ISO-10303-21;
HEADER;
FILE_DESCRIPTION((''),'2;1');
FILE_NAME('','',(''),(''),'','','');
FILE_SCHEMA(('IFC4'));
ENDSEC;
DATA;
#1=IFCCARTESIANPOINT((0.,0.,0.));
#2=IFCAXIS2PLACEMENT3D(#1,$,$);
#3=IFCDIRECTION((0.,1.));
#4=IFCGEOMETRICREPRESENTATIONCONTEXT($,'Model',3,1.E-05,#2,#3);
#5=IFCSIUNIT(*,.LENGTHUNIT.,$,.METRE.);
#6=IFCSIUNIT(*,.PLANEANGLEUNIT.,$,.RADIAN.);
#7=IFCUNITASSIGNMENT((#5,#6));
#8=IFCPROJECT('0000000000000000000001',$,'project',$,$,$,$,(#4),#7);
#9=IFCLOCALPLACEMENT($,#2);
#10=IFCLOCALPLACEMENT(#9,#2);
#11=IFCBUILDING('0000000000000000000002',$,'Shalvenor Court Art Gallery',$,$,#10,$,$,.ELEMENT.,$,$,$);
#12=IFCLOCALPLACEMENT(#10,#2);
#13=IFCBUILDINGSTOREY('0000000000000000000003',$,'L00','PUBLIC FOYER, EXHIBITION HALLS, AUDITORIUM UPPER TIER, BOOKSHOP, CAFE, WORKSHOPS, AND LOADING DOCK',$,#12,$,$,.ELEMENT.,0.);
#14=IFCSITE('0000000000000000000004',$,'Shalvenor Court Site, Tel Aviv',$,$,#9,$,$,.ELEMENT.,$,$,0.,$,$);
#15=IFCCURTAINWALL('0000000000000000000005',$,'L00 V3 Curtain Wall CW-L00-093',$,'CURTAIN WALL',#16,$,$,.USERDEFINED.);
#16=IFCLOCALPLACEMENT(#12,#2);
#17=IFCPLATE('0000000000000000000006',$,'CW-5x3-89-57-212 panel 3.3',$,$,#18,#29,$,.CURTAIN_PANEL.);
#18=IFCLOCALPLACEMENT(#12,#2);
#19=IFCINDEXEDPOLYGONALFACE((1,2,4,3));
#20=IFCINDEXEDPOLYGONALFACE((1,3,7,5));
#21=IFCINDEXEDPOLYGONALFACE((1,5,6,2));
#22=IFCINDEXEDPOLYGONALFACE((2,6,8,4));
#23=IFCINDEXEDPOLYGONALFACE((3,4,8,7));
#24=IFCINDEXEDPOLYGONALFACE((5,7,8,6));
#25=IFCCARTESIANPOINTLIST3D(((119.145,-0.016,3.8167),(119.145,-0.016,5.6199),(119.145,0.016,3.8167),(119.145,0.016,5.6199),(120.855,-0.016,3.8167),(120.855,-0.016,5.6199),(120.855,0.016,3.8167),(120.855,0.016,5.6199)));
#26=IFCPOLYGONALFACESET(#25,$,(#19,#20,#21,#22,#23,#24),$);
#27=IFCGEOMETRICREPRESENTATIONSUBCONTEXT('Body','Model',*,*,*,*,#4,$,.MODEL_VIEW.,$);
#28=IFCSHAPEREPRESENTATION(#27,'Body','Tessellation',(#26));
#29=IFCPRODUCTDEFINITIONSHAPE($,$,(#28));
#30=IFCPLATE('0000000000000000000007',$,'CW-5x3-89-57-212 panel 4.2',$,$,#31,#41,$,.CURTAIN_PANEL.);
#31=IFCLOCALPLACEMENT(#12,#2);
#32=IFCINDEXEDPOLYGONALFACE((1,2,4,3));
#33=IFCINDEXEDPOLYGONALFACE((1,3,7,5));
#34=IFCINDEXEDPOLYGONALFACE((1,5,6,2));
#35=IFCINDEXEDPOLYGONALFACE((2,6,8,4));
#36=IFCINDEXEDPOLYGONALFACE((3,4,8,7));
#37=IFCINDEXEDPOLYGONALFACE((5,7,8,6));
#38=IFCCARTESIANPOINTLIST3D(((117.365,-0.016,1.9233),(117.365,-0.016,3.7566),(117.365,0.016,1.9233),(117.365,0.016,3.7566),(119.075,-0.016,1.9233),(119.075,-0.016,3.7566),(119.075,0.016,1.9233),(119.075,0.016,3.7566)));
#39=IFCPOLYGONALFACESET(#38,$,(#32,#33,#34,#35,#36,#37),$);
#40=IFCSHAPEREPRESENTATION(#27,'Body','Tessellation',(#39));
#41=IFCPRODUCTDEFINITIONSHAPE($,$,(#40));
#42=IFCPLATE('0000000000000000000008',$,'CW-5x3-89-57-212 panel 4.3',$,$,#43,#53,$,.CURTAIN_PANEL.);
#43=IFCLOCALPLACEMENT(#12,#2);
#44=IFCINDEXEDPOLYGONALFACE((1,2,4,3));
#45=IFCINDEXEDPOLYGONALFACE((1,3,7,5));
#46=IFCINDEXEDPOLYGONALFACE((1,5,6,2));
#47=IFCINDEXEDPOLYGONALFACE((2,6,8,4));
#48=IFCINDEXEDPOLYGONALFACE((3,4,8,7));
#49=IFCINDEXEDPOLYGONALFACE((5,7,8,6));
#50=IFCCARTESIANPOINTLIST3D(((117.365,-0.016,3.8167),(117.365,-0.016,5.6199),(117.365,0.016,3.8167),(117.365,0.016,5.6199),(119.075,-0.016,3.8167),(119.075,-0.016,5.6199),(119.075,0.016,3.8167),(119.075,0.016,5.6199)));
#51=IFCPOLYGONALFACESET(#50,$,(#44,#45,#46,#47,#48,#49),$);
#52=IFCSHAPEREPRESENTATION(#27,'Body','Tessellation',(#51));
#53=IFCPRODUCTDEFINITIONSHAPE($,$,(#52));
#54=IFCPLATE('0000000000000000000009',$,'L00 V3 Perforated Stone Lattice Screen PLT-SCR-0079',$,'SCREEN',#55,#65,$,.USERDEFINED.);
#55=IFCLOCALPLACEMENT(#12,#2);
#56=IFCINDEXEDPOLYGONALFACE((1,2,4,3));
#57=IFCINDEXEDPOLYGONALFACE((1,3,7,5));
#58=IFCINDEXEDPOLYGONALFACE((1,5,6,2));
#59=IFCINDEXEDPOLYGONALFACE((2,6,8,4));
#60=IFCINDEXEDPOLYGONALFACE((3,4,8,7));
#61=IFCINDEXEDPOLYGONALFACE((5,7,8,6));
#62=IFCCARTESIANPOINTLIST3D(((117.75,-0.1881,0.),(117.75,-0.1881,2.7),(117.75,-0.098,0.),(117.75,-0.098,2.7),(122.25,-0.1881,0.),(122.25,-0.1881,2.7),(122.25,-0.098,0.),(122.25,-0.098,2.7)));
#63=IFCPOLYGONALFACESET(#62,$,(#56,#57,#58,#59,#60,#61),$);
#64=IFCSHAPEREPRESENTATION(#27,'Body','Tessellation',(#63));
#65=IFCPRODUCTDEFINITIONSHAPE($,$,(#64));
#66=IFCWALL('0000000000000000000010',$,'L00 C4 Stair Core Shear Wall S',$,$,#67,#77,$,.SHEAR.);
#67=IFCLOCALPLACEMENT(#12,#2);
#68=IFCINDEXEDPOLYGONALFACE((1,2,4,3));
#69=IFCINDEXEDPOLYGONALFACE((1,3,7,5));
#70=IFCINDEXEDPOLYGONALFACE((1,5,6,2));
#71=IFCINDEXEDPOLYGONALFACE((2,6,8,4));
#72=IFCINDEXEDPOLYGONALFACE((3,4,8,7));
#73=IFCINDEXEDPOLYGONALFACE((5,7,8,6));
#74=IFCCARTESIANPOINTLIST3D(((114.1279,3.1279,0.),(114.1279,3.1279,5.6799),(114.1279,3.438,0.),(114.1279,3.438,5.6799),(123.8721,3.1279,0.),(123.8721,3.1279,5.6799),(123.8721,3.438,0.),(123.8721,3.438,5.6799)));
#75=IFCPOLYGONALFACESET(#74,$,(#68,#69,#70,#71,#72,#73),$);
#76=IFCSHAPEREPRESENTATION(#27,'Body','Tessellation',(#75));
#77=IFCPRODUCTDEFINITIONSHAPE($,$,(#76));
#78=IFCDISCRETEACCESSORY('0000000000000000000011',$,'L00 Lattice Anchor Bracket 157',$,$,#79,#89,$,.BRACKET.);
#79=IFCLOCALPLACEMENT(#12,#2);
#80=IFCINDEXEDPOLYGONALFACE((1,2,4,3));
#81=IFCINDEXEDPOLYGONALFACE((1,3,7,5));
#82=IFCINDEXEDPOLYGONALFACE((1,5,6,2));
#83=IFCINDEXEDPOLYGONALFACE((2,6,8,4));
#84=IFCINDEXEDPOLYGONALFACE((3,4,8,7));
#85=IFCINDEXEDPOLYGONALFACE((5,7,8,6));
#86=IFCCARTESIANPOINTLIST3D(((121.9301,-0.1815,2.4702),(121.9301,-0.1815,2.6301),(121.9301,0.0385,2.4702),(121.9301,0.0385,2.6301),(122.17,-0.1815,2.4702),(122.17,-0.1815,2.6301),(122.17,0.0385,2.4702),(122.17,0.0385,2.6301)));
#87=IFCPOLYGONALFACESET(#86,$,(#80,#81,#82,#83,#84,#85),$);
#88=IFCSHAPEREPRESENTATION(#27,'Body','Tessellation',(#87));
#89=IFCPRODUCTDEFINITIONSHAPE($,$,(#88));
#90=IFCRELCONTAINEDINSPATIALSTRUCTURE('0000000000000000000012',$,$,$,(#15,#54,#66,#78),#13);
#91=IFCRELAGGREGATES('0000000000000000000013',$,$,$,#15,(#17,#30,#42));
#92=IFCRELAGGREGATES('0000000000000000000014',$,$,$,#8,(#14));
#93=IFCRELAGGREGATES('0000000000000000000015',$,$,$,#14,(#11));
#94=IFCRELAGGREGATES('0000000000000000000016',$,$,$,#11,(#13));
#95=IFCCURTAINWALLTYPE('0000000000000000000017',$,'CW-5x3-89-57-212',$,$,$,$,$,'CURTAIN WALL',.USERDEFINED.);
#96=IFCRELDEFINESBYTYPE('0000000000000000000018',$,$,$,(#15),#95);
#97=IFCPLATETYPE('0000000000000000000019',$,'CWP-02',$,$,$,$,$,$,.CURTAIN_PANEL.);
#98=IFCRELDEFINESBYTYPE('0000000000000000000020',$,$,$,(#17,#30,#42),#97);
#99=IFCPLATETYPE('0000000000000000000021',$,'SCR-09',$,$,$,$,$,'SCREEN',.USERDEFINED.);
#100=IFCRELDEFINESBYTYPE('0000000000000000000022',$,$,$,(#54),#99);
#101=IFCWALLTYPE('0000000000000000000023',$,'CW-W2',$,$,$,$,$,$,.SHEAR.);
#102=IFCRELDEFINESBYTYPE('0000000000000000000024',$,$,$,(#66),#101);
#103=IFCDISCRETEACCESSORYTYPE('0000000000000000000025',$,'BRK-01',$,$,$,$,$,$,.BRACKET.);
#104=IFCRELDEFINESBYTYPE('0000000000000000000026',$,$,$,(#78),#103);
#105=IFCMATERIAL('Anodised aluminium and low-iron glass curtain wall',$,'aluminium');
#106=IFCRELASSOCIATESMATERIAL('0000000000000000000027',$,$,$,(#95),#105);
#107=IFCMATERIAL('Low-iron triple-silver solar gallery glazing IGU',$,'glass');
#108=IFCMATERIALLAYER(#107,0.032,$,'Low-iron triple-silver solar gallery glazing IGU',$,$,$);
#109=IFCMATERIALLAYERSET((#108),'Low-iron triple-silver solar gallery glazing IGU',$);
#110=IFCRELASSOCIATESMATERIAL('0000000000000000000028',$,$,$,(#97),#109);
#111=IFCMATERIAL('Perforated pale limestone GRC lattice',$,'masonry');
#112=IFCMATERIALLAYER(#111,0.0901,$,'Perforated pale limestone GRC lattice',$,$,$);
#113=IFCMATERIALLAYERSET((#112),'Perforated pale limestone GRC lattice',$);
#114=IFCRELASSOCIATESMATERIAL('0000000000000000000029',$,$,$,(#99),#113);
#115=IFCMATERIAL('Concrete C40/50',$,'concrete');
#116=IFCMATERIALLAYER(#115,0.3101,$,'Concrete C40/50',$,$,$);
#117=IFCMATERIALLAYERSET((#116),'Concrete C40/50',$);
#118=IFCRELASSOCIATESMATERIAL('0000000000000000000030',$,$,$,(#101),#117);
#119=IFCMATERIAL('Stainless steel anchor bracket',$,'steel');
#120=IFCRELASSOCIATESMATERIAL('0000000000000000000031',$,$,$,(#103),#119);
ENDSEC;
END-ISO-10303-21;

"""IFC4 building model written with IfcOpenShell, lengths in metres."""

from ifc_helpers import new_model, si_unit, direction, frame, frame_2d, origin, origin_2d, place, context, subcontext, project, spatial, rectangle, extrude, material, layer, layer_set, type_object, element, aggregate, save


model = new_model("IFC4")

# Units and contexts
model_context = context("Model", 3, precision=1e-05, world=origin(), true_north=direction((0.0, 1.0)))
body_context = subcontext(model_context, "Body", "Model", "MODEL_VIEW")
ifc_project = project(units=[si_unit("LENGTHUNIT", "METRE"), si_unit("PLANEANGLEUNIT", "RADIAN")], contexts=[model_context])

# Site, building, storey
site_placement = place(None, origin())
site = spatial("IfcSite", under=ifc_project, at=site_placement, Name="Shalvenor Court Site, Tel Aviv", CompositionType="ELEMENT", RefElevation=0.0)
building_placement = place(site_placement, origin())
building = spatial("IfcBuilding", under=site, at=building_placement, Name="Shalvenor Court Art Gallery", CompositionType="ELEMENT")
storey_placement = place(building_placement, origin())
storey = spatial("IfcBuildingStorey", under=building, at=storey_placement, Name="L00", Description="PUBLIC FOYER, EXHIBITION HALLS, AUDITORIUM UPPER TIER, BOOKSHOP, CAFE, WORKSHOPS, AND LOADING DOCK", CompositionType="ELEMENT", Elevation=0.0)

# Curtain wall
ifc_material_1 = material(Name="Anodised aluminium and low-iron glass curtain wall", Category="aluminium")
curtain_wall_type_1 = type_object("IfcCurtainWallType", Name="CW-5x3-89-57-212", ElementType="CURTAIN WALL", PredefinedType="USERDEFINED", material=ifc_material_1)
curtain_wall_1_placement = place(storey_placement, origin())
curtain_wall_1 = element("IfcCurtainWall", 1, at=curtain_wall_1_placement, inside=storey, type_object=curtain_wall_type_1, Name="L00 V3 Curtain Wall CW-L00-093", ObjectType="CURTAIN WALL", PredefinedType="USERDEFINED")

# Plates
ifc_material_2 = material(Name="Low-iron triple-silver solar gallery glazing IGU", Category="glass")
ifc_layer_1 = layer(ifc_material_2, 0.032, Name="Low-iron triple-silver solar gallery glazing IGU")
ifc_layer_set_1 = layer_set([ifc_layer_1], Name="Low-iron triple-silver solar gallery glazing IGU")
plate_type_1 = type_object("IfcPlateType", Name="CWP-02", PredefinedType="CURTAIN_PANEL", material=ifc_layer_set_1)
plate_1_placement = place(storey_placement, frame((120.0, 0.0, 3.8167), z_axis=(0.0, 0.0, 1.0), x_axis=(-1.0, 0.0, 0.0)))
plate_1 = element("IfcPlate", 2, at=plate_1_placement, type_object=plate_type_1, Name="CW-5x3-89-57-212 panel 3.3", PredefinedType="CURTAIN_PANEL", context=body_context, shape_type="SweptSolid", body=[
    extrude(rectangle(XDim=1.71, YDim=0.032, at=origin_2d()), origin(), (0.0, 0.0, 1.0), 1.8032),
])
plate_2_placement = place(storey_placement, frame((118.22, 0.0, 1.9233), z_axis=(0.0, 0.0, 1.0), x_axis=(-1.0, 0.0, 0.0)))
plate_2 = element("IfcPlate", 3, at=plate_2_placement, type_object=plate_type_1, Name="CW-5x3-89-57-212 panel 4.2", PredefinedType="CURTAIN_PANEL", context=body_context, shape_type="SweptSolid", body=[
    extrude(rectangle(XDim=1.71, YDim=0.032, at=origin_2d()), origin(), (0.0, 0.0, 1.0), 1.8333),
])
plate_3_placement = place(storey_placement, frame((118.22, 0.0, 3.8167), z_axis=(0.0, 0.0, 1.0), x_axis=(-1.0, 0.0, 0.0)))
plate_3 = element("IfcPlate", 4, at=plate_3_placement, type_object=plate_type_1, Name="CW-5x3-89-57-212 panel 4.3", PredefinedType="CURTAIN_PANEL", context=body_context, shape_type="SweptSolid", body=[
    extrude(rectangle(XDim=1.71, YDim=0.032, at=origin_2d()), origin(), (0.0, 0.0, 1.0), 1.8032),
])
aggregate(curtain_wall_1, [plate_1, plate_2, plate_3])
ifc_material_3 = material(Name="Perforated pale limestone GRC lattice", Category="masonry")
ifc_layer_2 = layer(ifc_material_3, 0.0901, Name="Perforated pale limestone GRC lattice")
ifc_layer_set_2 = layer_set([ifc_layer_2], Name="Perforated pale limestone GRC lattice")
plate_type_2 = type_object("IfcPlateType", Name="SCR-09", ElementType="SCREEN", PredefinedType="USERDEFINED", material=ifc_layer_set_2)
plate_4_placement = place(storey_placement, frame((120.0, -0.1431, 0.0), z_axis=(0.0, 0.0, 1.0), x_axis=(-1.0, 0.0, 0.0)))
element("IfcPlate", 5, at=plate_4_placement, inside=storey, type_object=plate_type_2, Name="L00 V3 Perforated Stone Lattice Screen PLT-SCR-0079", ObjectType="SCREEN", PredefinedType="USERDEFINED", context=body_context, shape_type="SweptSolid", body=[
    extrude(rectangle(XDim=4.5, YDim=0.0901, at=origin_2d()), origin(), (0.0, 0.0, 1.0), 2.7),
])

# Wall
ifc_material_4 = material(Name="Concrete C40/50", Category="concrete")
ifc_layer_3 = layer(ifc_material_4, 0.3101, Name="Concrete C40/50")
ifc_layer_set_3 = layer_set([ifc_layer_3], Name="Concrete C40/50")
wall_type = type_object("IfcWallType", Name="CW-W2", PredefinedType="SHEAR", material=ifc_layer_set_3)
wall_placement = place(storey_placement, frame((123.8721, 3.283, 0.0), z_axis=(0.0, 0.0, 1.0), x_axis=(-1.0, 0.0, 0.0)))
element("IfcWall", 6, at=wall_placement, inside=storey, type_object=wall_type, Name="L00 C4 Stair Core Shear Wall S", PredefinedType="SHEAR", context=body_context, shape_type="SweptSolid", body=[
    extrude(rectangle(XDim=9.7441, YDim=0.3101, at=frame_2d((4.8721, 0.0))), origin(), (0.0, 0.0, 1.0), 5.6799),
])

# Discrete accessory
ifc_material_5 = material(Name="Stainless steel anchor bracket", Category="steel")
discrete_accessory_type = type_object("IfcDiscreteAccessoryType", Name="BRK-01", PredefinedType="BRACKET", material=ifc_material_5)
discrete_accessory_placement = place(storey_placement, frame((122.05, -0.0715, 2.4702), z_axis=(0.0, 0.0, 1.0), x_axis=(-1.0, 0.0, 0.0)))
element("IfcDiscreteAccessory", 7, at=discrete_accessory_placement, inside=storey, type_object=discrete_accessory_type, Name="L00 Lattice Anchor Bracket 157", PredefinedType="BRACKET", context=body_context, shape_type="SweptSolid", body=[
    extrude(rectangle(XDim=0.24, YDim=0.22, at=origin_2d()), origin(), (0.0, 0.0, 1.0), 0.1599),
])

save(model, "model.ifc")
